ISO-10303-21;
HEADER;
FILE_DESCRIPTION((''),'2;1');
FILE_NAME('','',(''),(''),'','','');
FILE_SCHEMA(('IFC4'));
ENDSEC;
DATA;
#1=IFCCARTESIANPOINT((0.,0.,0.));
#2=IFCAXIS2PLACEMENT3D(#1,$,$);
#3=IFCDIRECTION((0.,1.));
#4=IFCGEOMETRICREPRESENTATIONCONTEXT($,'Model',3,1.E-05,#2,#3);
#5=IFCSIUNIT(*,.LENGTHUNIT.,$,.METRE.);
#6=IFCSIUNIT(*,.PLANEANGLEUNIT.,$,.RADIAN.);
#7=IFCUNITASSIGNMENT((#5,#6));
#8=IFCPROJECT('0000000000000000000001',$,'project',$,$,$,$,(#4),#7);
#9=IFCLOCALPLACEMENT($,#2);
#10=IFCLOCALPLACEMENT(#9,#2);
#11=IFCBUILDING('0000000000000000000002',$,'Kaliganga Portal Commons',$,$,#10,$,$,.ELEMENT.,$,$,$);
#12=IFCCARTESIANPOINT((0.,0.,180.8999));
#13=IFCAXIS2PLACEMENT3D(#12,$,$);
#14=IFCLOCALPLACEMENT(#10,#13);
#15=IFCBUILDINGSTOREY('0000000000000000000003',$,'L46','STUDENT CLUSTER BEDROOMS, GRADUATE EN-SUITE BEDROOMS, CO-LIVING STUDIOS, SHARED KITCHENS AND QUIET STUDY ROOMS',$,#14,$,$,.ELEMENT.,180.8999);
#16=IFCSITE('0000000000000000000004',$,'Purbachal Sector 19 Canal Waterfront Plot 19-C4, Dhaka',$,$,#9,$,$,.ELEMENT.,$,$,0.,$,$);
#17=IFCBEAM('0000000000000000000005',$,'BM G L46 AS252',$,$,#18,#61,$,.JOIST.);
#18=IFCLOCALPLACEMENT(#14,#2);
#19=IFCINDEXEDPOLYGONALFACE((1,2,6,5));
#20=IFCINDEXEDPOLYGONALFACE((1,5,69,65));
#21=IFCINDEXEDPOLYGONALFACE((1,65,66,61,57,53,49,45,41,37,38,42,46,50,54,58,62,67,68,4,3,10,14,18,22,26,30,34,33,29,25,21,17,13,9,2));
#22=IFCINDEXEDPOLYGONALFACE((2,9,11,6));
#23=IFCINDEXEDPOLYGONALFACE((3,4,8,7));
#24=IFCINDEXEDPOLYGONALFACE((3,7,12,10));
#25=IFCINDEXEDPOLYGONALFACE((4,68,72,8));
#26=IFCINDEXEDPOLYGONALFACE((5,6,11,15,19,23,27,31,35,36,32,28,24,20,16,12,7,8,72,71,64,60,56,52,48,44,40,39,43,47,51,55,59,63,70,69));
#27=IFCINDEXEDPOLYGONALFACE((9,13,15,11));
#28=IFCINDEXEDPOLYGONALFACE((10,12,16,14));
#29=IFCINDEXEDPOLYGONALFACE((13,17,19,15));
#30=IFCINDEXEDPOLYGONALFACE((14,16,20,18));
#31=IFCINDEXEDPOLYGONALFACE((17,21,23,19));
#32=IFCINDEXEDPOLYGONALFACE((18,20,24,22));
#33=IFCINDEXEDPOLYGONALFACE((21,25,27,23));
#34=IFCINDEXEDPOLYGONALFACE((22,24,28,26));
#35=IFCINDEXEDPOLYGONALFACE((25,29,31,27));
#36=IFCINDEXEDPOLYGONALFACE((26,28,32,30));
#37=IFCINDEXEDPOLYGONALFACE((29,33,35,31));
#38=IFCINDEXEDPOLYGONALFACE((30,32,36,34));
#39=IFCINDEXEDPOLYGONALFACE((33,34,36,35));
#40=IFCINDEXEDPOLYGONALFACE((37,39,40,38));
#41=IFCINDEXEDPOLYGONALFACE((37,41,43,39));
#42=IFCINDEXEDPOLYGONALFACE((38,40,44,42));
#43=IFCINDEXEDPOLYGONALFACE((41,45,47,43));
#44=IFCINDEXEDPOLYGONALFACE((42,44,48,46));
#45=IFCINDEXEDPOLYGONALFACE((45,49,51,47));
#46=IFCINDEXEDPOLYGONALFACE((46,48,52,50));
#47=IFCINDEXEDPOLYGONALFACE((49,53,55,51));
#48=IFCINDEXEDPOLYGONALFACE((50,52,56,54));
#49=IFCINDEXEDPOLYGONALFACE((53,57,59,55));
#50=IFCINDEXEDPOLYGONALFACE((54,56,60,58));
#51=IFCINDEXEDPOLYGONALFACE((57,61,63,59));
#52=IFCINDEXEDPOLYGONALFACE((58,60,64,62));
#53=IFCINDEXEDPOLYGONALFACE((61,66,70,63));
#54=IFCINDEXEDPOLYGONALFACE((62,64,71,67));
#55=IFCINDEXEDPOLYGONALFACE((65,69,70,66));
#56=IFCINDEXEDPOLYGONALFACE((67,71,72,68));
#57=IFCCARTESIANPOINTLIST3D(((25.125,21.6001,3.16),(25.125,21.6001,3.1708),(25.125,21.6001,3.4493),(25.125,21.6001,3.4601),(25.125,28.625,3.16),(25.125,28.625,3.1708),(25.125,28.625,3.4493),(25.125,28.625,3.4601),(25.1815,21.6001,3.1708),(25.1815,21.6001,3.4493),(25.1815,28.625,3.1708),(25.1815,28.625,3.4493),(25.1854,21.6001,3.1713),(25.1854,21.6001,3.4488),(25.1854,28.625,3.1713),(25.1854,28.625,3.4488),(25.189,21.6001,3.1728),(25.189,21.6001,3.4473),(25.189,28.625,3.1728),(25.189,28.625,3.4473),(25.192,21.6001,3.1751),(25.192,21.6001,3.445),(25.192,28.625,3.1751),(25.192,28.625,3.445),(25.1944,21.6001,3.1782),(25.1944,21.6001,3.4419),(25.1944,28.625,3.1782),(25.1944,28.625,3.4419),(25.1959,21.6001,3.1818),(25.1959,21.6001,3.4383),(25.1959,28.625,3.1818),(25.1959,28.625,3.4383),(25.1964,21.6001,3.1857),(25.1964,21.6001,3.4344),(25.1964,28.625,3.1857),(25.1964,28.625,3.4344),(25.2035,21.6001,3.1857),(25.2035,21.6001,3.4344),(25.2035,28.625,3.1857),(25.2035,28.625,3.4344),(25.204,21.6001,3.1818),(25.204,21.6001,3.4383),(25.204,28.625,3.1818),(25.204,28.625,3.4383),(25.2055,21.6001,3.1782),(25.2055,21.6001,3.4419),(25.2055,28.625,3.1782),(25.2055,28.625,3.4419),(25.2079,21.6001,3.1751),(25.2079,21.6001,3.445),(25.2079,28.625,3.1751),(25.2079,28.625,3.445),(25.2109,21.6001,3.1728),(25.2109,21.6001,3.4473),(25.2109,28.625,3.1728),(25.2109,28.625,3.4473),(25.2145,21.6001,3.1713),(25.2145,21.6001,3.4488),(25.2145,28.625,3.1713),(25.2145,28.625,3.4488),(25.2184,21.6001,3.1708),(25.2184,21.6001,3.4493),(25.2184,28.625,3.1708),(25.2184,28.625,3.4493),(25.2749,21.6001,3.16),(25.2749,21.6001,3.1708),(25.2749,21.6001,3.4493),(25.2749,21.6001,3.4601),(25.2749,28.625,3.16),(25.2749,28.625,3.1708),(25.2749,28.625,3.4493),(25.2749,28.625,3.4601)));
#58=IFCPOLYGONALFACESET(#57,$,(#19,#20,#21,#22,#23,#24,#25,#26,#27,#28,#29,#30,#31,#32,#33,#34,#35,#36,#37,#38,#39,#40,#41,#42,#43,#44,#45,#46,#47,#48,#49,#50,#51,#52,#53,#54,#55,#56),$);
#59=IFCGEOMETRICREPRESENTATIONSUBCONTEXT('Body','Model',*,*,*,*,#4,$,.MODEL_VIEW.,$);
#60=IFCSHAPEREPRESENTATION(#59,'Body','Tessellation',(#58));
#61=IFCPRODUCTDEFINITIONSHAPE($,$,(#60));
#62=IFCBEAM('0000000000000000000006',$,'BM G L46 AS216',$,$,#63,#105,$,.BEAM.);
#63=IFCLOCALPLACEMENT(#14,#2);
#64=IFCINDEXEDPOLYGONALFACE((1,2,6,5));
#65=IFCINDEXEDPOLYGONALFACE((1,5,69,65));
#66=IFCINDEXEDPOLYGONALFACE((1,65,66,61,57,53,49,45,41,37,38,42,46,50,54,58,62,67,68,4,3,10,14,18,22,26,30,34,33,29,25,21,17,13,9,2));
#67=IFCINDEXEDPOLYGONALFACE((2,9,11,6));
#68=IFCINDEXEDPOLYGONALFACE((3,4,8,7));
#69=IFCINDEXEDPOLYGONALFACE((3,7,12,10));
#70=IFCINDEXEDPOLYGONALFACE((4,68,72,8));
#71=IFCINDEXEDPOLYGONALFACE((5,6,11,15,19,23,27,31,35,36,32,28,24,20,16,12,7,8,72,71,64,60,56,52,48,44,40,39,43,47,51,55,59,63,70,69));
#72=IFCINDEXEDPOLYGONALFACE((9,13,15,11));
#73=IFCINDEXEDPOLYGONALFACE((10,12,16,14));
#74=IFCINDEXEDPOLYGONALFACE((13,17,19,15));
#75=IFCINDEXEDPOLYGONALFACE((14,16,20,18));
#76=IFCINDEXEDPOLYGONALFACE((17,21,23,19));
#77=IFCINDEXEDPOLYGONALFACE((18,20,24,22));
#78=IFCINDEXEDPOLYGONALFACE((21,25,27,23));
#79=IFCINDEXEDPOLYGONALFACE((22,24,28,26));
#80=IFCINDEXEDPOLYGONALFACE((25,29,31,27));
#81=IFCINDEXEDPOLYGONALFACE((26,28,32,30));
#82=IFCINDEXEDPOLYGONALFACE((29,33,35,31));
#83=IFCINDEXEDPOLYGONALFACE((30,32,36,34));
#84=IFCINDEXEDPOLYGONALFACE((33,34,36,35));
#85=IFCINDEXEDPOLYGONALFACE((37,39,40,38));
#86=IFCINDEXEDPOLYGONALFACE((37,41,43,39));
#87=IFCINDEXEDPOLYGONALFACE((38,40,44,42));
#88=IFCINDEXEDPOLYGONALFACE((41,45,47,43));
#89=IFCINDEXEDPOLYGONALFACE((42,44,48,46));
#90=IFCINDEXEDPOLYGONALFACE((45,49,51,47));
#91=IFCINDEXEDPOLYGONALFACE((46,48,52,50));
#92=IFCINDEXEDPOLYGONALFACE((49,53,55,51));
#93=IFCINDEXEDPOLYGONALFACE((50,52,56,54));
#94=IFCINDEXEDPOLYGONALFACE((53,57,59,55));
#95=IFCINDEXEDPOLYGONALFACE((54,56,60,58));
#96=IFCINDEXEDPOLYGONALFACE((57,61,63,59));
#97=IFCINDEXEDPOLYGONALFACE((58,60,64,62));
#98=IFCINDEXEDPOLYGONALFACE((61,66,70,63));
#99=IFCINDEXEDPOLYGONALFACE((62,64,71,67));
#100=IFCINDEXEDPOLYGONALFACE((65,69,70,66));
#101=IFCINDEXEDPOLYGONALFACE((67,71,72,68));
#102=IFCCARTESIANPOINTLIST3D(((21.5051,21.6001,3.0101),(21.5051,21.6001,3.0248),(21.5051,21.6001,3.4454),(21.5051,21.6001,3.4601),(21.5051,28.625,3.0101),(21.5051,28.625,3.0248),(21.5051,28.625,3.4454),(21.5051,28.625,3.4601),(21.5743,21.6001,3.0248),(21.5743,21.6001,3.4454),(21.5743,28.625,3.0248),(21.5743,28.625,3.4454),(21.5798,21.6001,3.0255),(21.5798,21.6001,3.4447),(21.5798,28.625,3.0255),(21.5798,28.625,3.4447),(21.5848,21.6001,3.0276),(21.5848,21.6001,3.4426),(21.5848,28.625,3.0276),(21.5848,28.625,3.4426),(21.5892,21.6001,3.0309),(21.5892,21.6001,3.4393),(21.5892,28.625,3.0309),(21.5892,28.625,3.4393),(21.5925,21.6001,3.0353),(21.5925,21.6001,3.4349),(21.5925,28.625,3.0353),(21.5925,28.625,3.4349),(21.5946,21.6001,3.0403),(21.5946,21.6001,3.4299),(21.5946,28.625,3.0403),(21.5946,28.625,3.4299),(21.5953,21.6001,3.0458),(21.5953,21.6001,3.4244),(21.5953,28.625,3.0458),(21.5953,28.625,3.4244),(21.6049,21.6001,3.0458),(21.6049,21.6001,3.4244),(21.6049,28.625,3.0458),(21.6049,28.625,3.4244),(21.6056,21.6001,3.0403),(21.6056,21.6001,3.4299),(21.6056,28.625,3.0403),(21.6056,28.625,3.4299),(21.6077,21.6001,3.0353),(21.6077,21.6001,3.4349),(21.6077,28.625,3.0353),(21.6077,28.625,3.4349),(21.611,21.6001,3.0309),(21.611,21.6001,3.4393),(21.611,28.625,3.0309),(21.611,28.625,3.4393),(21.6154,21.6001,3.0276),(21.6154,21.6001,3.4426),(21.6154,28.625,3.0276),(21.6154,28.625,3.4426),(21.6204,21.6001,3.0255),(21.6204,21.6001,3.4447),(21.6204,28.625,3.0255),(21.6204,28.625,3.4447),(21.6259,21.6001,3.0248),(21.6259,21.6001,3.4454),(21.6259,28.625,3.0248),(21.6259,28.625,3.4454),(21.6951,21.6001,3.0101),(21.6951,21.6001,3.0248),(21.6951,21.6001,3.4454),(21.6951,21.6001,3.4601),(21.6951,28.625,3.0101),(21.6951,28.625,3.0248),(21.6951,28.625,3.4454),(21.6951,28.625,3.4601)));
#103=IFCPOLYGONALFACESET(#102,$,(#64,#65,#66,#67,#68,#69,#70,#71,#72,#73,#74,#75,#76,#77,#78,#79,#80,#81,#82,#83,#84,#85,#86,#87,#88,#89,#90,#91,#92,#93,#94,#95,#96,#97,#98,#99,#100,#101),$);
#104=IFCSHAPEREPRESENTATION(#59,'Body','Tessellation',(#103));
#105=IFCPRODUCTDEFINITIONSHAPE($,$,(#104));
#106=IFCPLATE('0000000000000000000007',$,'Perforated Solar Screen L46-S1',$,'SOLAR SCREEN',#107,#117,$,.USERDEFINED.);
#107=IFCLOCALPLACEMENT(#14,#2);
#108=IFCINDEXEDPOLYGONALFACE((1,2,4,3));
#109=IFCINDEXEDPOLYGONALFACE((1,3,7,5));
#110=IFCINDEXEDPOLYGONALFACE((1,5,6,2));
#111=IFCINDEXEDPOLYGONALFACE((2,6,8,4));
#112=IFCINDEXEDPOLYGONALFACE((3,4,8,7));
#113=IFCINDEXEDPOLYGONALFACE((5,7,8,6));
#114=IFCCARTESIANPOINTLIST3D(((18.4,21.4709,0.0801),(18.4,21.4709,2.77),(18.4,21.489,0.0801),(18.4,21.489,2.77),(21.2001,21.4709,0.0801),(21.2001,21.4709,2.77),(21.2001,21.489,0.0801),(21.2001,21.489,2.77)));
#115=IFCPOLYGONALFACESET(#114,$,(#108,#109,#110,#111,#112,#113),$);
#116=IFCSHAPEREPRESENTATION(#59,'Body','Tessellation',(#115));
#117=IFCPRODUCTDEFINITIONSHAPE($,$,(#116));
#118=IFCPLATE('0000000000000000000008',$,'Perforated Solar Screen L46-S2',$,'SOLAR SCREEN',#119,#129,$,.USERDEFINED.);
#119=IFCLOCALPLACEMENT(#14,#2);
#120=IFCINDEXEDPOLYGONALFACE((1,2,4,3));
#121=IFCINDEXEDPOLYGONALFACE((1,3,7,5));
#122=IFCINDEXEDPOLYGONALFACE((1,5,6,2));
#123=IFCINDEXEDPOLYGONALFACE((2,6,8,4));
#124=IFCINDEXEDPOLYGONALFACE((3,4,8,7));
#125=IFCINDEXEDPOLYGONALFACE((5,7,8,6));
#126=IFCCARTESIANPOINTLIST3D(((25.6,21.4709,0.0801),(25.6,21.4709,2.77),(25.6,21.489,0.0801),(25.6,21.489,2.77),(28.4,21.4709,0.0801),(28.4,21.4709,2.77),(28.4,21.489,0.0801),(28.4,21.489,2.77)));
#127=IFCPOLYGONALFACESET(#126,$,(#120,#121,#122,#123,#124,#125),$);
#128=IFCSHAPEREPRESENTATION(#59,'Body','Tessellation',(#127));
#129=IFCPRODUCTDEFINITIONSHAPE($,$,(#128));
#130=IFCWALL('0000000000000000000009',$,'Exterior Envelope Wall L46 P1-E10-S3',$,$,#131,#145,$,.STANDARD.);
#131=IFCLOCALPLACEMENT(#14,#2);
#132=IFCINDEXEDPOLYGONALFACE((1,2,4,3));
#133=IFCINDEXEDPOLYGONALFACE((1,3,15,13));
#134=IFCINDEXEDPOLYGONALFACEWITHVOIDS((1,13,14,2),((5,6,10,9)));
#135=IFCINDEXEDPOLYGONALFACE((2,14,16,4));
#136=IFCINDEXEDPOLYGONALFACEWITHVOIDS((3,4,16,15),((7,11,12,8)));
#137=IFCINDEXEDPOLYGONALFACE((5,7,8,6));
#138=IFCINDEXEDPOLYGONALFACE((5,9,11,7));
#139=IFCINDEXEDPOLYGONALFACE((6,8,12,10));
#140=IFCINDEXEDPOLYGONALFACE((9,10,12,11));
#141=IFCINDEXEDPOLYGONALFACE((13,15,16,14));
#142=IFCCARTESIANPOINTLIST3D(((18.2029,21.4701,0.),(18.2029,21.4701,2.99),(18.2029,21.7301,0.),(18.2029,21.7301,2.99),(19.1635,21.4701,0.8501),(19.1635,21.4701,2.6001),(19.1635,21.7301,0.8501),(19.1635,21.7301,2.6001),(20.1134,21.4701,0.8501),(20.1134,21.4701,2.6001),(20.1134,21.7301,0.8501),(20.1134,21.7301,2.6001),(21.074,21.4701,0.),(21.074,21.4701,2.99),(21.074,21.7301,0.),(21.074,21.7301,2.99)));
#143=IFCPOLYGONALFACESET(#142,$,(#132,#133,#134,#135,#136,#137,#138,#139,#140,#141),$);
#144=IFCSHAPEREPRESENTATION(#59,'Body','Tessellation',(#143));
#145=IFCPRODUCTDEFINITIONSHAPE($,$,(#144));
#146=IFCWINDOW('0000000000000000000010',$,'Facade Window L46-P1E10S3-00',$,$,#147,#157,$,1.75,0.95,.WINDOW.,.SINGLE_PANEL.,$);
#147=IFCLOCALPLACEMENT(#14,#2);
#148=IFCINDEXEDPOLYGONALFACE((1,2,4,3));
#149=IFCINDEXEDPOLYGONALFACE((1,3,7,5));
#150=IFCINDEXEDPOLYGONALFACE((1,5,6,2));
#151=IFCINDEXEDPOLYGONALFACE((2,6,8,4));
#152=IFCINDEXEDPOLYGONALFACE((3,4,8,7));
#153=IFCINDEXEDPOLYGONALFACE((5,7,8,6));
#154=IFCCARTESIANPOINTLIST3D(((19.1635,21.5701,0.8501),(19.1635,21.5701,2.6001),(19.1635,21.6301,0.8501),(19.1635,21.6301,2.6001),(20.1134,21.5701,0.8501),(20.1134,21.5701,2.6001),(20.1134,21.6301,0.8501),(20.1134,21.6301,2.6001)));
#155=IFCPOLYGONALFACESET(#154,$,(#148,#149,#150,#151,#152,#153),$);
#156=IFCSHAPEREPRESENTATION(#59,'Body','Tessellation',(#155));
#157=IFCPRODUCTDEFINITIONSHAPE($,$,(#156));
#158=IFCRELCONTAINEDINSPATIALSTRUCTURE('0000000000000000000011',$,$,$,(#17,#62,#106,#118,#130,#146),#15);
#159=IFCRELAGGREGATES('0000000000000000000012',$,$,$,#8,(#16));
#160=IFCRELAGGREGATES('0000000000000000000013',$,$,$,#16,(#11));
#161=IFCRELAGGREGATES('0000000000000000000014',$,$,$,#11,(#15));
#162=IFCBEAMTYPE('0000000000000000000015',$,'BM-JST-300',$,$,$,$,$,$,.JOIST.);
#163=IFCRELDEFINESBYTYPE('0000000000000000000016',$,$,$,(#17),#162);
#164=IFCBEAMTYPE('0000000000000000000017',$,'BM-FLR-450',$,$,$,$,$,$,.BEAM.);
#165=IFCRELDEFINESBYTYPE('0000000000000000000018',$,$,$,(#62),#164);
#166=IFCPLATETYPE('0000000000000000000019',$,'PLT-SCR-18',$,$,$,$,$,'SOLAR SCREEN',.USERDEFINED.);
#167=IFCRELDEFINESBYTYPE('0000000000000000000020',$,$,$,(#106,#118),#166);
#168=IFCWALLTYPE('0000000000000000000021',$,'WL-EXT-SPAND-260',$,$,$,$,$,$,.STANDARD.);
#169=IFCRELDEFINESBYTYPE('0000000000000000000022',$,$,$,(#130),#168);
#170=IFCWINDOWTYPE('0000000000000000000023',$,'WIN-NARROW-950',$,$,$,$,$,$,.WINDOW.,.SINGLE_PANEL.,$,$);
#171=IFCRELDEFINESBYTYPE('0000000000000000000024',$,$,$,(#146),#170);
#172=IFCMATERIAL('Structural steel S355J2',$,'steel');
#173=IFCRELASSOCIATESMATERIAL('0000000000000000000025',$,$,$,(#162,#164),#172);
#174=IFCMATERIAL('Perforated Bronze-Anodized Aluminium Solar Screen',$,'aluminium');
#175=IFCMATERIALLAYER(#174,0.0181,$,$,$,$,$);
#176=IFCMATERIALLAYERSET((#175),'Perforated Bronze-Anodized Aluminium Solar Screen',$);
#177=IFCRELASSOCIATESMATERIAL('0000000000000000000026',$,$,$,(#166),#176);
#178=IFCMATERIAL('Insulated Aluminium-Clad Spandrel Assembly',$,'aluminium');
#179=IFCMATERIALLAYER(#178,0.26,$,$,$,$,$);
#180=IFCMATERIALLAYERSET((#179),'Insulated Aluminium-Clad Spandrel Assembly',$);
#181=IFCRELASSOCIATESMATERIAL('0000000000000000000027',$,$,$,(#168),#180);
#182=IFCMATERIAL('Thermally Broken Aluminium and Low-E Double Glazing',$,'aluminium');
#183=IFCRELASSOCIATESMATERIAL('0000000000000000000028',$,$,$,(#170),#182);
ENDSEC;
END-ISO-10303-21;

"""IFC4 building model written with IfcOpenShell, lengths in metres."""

from ifc_helpers import new_model, si_unit, direction, frame, frame_2d, origin, origin_2d, place, context, subcontext, project, spatial, rectangle, i_section, extrude, source, transform, mapped, material, layer, layer_set, material_profile, profile_set, type_object, element, fill, save


model = new_model("IFC4")

# Units and contexts
model_context = context("Model", 3, precision=1e-05, world=origin(), true_north=direction((0.0, 1.0)))
body_context = subcontext(model_context, "Body", "Model", "MODEL_VIEW")
ifc_project = project(units=[si_unit("LENGTHUNIT", "METRE"), si_unit("PLANEANGLEUNIT", "RADIAN")], contexts=[model_context])

# Site, building, storey
site_placement = place(None, origin())
site = spatial("IfcSite", under=ifc_project, at=site_placement, Name="Purbachal Sector 19 Canal Waterfront Plot 19-C4, Dhaka", CompositionType="ELEMENT", RefElevation=0.0)
building_placement = place(site_placement, origin())
building = spatial("IfcBuilding", under=site, at=building_placement, Name="Kaliganga Portal Commons", CompositionType="ELEMENT")
storey_placement = place(building_placement, frame((0.0, 0.0, 180.8999)))
storey = spatial("IfcBuildingStorey", under=building, at=storey_placement, Name="L46", Description="STUDENT CLUSTER BEDROOMS, GRADUATE EN-SUITE BEDROOMS, CO-LIVING STUDIOS, SHARED KITCHENS AND QUIET STUDY ROOMS", CompositionType="ELEMENT", Elevation=180.8999)

# Beams
ifc_material_1 = material(Name="Structural steel S355J2", Category="steel")
ifc_material_profile_1 = material_profile(ifc_material_1, i_section(OverallWidth=0.1499, OverallDepth=0.3, WebThickness=0.0071, FlangeThickness=0.0107, FilletRadius=0.0149, at=origin_2d()), Name="IPE 300")
ifc_profile_set_1 = profile_set([ifc_material_profile_1], Name="Structural steel S355J2 wide-flange")
beam_type_1 = type_object("IfcBeamType", Name="BM-JST-300", PredefinedType="JOIST", material=ifc_profile_set_1)
shared_shape_1 = source(origin(), body_context, "Body", "SweptSolid", [
    extrude(i_section(OverallWidth=0.1499, OverallDepth=0.3, WebThickness=0.0071, FlangeThickness=0.0107, FilletRadius=0.0149, at=origin_2d()), origin(), (0.0, 0.0, 1.0), 7.0249),
])
beam_1_placement = place(storey_placement, frame((25.2, 21.6001, 3.3101), z_axis=(0.0, 1.0, 0.0), x_axis=(-1.0, 0.0, 0.0)))
element("IfcBeam", 1, at=beam_1_placement, inside=storey, type_object=beam_type_1, Name="BM G L46 AS252", PredefinedType="JOIST", context=body_context, shape_type="MappedRepresentation", body=[
    mapped(shared_shape_1, transform((0.0, 0.0, 0.0), x_axis=(1.0, 0.0, 0.0), y_axis=(0.0, 1.0, 0.0), z_axis=(0.0, 0.0, 1.0), scale=1.0)),
])
ifc_material_profile_2 = material_profile(ifc_material_1, i_section(OverallWidth=0.1899, OverallDepth=0.45, WebThickness=0.0095, FlangeThickness=0.0146, FilletRadius=0.021, at=origin_2d()), Name="IPE 450")
ifc_profile_set_2 = profile_set([ifc_material_profile_2], Name="Structural steel S355J2 wide-flange")
beam_type_2 = type_object("IfcBeamType", Name="BM-FLR-450", PredefinedType="BEAM", material=ifc_profile_set_2)
shared_shape_2 = source(origin(), body_context, "Body", "SweptSolid", [
    extrude(i_section(OverallWidth=0.1899, OverallDepth=0.45, WebThickness=0.0095, FlangeThickness=0.0146, FilletRadius=0.021, at=origin_2d()), origin(), (0.0, 0.0, 1.0), 7.0249),
])
beam_2_placement = place(storey_placement, frame((21.6001, 21.6001, 3.2351), z_axis=(0.0, 1.0, 0.0), x_axis=(-1.0, 0.0, 0.0)))
element("IfcBeam", 2, at=beam_2_placement, inside=storey, type_object=beam_type_2, Name="BM G L46 AS216", PredefinedType="BEAM", context=body_context, shape_type="MappedRepresentation", body=[
    mapped(shared_shape_2, transform((0.0, 0.0, 0.0), x_axis=(1.0, 0.0, 0.0), y_axis=(0.0, 1.0, 0.0), z_axis=(0.0, 0.0, 1.0), scale=1.0)),
])

# Plates
ifc_material_2 = material(Name="Perforated Bronze-Anodized Aluminium Solar Screen", Category="aluminium")
ifc_layer_1 = layer(ifc_material_2, 0.0181)
ifc_layer_set_1 = layer_set([ifc_layer_1], Name="Perforated Bronze-Anodized Aluminium Solar Screen")
plate_type = type_object("IfcPlateType", Name="PLT-SCR-18", ElementType="SOLAR SCREEN", PredefinedType="USERDEFINED", material=ifc_layer_set_1)
shared_shape_3 = source(origin(), body_context, "Body", "SweptSolid", [
    extrude(rectangle(XDim=2.8, YDim=0.0181, at=origin_2d()), origin(), (0.0, 0.0, 1.0), 2.6899),
])
for number, where, z_axis, x_axis, name in (
    (3, (19.8, 21.48, 0.0801), (0.0, 0.0, 1.0), (1.0, 0.0, 0.0), "Perforated Solar Screen L46-S1"),
    (4, (27.0, 21.48, 0.0801), (0.0, 0.0, 1.0), (1.0, 0.0, 0.0), "Perforated Solar Screen L46-S2"),
):
    element("IfcPlate", number, at=place(storey_placement, frame(where, z_axis=z_axis, x_axis=x_axis)), inside=storey, type_object=plate_type, Name=name, ObjectType="SOLAR SCREEN", PredefinedType="USERDEFINED", context=body_context, shape_type="MappedRepresentation", body=[
        mapped(shared_shape_3, transform((0.0, 0.0, 0.0), x_axis=(1.0, 0.0, 0.0), y_axis=(0.0, 1.0, 0.0), z_axis=(0.0, 0.0, 1.0), scale=1.0)),
    ])

# Wall, opening, window
ifc_material_3 = material(Name="Insulated Aluminium-Clad Spandrel Assembly", Category="aluminium")
ifc_layer_2 = layer(ifc_material_3, 0.26)
ifc_layer_set_2 = layer_set([ifc_layer_2], Name="Insulated Aluminium-Clad Spandrel Assembly")
wall_type_1 = type_object("IfcWallType", Name="WL-EXT-SPAND-260", PredefinedType="STANDARD", material=ifc_layer_set_2)
wall_1_placement = place(storey_placement, frame((21.074, 21.6001, 0.0), z_axis=(0.0, 0.0, 1.0), x_axis=(-1.0, 0.0, 0.0)))
wall_1 = element("IfcWall", 5, at=wall_1_placement, inside=storey, type_object=wall_type_1, Name="Exterior Envelope Wall L46 P1-E10-S3", PredefinedType="STANDARD", context=body_context, shape_type="SweptSolid", body=[
    extrude(rectangle(XDim=2.8711, YDim=0.26, at=frame_2d((1.4355, 0.0))), origin(), (0.0, 0.0, 1.0), 2.99),
])
opening_1_placement = place(wall_1_placement, frame((0.9604, 0.0, 0.8501)))
opening_1 = element("IfcOpeningElement", 6, at=opening_1_placement, cuts=wall_1, PredefinedType="OPENING", context=body_context, shape_type="SweptSolid", body=[
    extrude(rectangle(XDim=0.95, YDim=1.75, at=frame_2d((0.4751, 0.875))), frame((0.0, 0.1401, 0.0), z_axis=(0.0, -1.0, 0.0), x_axis=(1.0, 0.0, 0.0)), (0.0, 0.0, 1.0), 0.28),
])
ifc_material_4 = material(Name="Thermally Broken Aluminium and Low-E Double Glazing", Category="aluminium")
window_type_1 = type_object("IfcWindowType", Name="WIN-NARROW-950", PartitioningType="SINGLE_PANEL", PredefinedType="WINDOW", material=ifc_material_4)
window_1_placement = place(opening_1_placement, origin())
window_1 = element("IfcWindow", 7, at=window_1_placement, inside=storey, type_object=window_type_1, Name="Facade Window L46-P1E10S3-00", OverallHeight=1.75, OverallWidth=0.95, PartitioningType="SINGLE_PANEL", PredefinedType="WINDOW", context=body_context, shape_type="SweptSolid", body=[
    extrude(rectangle(XDim=0.95, YDim=1.75, at=frame_2d((0.4751, 0.875))), frame((0.0, 0.03, 0.0), z_axis=(0.0, -1.0, 0.0), x_axis=(1.0, 0.0, 0.0)), (0.0, 0.0, 1.0), 0.0601),
])
fill(opening_1, window_1)

save(model, "model.ifc")
